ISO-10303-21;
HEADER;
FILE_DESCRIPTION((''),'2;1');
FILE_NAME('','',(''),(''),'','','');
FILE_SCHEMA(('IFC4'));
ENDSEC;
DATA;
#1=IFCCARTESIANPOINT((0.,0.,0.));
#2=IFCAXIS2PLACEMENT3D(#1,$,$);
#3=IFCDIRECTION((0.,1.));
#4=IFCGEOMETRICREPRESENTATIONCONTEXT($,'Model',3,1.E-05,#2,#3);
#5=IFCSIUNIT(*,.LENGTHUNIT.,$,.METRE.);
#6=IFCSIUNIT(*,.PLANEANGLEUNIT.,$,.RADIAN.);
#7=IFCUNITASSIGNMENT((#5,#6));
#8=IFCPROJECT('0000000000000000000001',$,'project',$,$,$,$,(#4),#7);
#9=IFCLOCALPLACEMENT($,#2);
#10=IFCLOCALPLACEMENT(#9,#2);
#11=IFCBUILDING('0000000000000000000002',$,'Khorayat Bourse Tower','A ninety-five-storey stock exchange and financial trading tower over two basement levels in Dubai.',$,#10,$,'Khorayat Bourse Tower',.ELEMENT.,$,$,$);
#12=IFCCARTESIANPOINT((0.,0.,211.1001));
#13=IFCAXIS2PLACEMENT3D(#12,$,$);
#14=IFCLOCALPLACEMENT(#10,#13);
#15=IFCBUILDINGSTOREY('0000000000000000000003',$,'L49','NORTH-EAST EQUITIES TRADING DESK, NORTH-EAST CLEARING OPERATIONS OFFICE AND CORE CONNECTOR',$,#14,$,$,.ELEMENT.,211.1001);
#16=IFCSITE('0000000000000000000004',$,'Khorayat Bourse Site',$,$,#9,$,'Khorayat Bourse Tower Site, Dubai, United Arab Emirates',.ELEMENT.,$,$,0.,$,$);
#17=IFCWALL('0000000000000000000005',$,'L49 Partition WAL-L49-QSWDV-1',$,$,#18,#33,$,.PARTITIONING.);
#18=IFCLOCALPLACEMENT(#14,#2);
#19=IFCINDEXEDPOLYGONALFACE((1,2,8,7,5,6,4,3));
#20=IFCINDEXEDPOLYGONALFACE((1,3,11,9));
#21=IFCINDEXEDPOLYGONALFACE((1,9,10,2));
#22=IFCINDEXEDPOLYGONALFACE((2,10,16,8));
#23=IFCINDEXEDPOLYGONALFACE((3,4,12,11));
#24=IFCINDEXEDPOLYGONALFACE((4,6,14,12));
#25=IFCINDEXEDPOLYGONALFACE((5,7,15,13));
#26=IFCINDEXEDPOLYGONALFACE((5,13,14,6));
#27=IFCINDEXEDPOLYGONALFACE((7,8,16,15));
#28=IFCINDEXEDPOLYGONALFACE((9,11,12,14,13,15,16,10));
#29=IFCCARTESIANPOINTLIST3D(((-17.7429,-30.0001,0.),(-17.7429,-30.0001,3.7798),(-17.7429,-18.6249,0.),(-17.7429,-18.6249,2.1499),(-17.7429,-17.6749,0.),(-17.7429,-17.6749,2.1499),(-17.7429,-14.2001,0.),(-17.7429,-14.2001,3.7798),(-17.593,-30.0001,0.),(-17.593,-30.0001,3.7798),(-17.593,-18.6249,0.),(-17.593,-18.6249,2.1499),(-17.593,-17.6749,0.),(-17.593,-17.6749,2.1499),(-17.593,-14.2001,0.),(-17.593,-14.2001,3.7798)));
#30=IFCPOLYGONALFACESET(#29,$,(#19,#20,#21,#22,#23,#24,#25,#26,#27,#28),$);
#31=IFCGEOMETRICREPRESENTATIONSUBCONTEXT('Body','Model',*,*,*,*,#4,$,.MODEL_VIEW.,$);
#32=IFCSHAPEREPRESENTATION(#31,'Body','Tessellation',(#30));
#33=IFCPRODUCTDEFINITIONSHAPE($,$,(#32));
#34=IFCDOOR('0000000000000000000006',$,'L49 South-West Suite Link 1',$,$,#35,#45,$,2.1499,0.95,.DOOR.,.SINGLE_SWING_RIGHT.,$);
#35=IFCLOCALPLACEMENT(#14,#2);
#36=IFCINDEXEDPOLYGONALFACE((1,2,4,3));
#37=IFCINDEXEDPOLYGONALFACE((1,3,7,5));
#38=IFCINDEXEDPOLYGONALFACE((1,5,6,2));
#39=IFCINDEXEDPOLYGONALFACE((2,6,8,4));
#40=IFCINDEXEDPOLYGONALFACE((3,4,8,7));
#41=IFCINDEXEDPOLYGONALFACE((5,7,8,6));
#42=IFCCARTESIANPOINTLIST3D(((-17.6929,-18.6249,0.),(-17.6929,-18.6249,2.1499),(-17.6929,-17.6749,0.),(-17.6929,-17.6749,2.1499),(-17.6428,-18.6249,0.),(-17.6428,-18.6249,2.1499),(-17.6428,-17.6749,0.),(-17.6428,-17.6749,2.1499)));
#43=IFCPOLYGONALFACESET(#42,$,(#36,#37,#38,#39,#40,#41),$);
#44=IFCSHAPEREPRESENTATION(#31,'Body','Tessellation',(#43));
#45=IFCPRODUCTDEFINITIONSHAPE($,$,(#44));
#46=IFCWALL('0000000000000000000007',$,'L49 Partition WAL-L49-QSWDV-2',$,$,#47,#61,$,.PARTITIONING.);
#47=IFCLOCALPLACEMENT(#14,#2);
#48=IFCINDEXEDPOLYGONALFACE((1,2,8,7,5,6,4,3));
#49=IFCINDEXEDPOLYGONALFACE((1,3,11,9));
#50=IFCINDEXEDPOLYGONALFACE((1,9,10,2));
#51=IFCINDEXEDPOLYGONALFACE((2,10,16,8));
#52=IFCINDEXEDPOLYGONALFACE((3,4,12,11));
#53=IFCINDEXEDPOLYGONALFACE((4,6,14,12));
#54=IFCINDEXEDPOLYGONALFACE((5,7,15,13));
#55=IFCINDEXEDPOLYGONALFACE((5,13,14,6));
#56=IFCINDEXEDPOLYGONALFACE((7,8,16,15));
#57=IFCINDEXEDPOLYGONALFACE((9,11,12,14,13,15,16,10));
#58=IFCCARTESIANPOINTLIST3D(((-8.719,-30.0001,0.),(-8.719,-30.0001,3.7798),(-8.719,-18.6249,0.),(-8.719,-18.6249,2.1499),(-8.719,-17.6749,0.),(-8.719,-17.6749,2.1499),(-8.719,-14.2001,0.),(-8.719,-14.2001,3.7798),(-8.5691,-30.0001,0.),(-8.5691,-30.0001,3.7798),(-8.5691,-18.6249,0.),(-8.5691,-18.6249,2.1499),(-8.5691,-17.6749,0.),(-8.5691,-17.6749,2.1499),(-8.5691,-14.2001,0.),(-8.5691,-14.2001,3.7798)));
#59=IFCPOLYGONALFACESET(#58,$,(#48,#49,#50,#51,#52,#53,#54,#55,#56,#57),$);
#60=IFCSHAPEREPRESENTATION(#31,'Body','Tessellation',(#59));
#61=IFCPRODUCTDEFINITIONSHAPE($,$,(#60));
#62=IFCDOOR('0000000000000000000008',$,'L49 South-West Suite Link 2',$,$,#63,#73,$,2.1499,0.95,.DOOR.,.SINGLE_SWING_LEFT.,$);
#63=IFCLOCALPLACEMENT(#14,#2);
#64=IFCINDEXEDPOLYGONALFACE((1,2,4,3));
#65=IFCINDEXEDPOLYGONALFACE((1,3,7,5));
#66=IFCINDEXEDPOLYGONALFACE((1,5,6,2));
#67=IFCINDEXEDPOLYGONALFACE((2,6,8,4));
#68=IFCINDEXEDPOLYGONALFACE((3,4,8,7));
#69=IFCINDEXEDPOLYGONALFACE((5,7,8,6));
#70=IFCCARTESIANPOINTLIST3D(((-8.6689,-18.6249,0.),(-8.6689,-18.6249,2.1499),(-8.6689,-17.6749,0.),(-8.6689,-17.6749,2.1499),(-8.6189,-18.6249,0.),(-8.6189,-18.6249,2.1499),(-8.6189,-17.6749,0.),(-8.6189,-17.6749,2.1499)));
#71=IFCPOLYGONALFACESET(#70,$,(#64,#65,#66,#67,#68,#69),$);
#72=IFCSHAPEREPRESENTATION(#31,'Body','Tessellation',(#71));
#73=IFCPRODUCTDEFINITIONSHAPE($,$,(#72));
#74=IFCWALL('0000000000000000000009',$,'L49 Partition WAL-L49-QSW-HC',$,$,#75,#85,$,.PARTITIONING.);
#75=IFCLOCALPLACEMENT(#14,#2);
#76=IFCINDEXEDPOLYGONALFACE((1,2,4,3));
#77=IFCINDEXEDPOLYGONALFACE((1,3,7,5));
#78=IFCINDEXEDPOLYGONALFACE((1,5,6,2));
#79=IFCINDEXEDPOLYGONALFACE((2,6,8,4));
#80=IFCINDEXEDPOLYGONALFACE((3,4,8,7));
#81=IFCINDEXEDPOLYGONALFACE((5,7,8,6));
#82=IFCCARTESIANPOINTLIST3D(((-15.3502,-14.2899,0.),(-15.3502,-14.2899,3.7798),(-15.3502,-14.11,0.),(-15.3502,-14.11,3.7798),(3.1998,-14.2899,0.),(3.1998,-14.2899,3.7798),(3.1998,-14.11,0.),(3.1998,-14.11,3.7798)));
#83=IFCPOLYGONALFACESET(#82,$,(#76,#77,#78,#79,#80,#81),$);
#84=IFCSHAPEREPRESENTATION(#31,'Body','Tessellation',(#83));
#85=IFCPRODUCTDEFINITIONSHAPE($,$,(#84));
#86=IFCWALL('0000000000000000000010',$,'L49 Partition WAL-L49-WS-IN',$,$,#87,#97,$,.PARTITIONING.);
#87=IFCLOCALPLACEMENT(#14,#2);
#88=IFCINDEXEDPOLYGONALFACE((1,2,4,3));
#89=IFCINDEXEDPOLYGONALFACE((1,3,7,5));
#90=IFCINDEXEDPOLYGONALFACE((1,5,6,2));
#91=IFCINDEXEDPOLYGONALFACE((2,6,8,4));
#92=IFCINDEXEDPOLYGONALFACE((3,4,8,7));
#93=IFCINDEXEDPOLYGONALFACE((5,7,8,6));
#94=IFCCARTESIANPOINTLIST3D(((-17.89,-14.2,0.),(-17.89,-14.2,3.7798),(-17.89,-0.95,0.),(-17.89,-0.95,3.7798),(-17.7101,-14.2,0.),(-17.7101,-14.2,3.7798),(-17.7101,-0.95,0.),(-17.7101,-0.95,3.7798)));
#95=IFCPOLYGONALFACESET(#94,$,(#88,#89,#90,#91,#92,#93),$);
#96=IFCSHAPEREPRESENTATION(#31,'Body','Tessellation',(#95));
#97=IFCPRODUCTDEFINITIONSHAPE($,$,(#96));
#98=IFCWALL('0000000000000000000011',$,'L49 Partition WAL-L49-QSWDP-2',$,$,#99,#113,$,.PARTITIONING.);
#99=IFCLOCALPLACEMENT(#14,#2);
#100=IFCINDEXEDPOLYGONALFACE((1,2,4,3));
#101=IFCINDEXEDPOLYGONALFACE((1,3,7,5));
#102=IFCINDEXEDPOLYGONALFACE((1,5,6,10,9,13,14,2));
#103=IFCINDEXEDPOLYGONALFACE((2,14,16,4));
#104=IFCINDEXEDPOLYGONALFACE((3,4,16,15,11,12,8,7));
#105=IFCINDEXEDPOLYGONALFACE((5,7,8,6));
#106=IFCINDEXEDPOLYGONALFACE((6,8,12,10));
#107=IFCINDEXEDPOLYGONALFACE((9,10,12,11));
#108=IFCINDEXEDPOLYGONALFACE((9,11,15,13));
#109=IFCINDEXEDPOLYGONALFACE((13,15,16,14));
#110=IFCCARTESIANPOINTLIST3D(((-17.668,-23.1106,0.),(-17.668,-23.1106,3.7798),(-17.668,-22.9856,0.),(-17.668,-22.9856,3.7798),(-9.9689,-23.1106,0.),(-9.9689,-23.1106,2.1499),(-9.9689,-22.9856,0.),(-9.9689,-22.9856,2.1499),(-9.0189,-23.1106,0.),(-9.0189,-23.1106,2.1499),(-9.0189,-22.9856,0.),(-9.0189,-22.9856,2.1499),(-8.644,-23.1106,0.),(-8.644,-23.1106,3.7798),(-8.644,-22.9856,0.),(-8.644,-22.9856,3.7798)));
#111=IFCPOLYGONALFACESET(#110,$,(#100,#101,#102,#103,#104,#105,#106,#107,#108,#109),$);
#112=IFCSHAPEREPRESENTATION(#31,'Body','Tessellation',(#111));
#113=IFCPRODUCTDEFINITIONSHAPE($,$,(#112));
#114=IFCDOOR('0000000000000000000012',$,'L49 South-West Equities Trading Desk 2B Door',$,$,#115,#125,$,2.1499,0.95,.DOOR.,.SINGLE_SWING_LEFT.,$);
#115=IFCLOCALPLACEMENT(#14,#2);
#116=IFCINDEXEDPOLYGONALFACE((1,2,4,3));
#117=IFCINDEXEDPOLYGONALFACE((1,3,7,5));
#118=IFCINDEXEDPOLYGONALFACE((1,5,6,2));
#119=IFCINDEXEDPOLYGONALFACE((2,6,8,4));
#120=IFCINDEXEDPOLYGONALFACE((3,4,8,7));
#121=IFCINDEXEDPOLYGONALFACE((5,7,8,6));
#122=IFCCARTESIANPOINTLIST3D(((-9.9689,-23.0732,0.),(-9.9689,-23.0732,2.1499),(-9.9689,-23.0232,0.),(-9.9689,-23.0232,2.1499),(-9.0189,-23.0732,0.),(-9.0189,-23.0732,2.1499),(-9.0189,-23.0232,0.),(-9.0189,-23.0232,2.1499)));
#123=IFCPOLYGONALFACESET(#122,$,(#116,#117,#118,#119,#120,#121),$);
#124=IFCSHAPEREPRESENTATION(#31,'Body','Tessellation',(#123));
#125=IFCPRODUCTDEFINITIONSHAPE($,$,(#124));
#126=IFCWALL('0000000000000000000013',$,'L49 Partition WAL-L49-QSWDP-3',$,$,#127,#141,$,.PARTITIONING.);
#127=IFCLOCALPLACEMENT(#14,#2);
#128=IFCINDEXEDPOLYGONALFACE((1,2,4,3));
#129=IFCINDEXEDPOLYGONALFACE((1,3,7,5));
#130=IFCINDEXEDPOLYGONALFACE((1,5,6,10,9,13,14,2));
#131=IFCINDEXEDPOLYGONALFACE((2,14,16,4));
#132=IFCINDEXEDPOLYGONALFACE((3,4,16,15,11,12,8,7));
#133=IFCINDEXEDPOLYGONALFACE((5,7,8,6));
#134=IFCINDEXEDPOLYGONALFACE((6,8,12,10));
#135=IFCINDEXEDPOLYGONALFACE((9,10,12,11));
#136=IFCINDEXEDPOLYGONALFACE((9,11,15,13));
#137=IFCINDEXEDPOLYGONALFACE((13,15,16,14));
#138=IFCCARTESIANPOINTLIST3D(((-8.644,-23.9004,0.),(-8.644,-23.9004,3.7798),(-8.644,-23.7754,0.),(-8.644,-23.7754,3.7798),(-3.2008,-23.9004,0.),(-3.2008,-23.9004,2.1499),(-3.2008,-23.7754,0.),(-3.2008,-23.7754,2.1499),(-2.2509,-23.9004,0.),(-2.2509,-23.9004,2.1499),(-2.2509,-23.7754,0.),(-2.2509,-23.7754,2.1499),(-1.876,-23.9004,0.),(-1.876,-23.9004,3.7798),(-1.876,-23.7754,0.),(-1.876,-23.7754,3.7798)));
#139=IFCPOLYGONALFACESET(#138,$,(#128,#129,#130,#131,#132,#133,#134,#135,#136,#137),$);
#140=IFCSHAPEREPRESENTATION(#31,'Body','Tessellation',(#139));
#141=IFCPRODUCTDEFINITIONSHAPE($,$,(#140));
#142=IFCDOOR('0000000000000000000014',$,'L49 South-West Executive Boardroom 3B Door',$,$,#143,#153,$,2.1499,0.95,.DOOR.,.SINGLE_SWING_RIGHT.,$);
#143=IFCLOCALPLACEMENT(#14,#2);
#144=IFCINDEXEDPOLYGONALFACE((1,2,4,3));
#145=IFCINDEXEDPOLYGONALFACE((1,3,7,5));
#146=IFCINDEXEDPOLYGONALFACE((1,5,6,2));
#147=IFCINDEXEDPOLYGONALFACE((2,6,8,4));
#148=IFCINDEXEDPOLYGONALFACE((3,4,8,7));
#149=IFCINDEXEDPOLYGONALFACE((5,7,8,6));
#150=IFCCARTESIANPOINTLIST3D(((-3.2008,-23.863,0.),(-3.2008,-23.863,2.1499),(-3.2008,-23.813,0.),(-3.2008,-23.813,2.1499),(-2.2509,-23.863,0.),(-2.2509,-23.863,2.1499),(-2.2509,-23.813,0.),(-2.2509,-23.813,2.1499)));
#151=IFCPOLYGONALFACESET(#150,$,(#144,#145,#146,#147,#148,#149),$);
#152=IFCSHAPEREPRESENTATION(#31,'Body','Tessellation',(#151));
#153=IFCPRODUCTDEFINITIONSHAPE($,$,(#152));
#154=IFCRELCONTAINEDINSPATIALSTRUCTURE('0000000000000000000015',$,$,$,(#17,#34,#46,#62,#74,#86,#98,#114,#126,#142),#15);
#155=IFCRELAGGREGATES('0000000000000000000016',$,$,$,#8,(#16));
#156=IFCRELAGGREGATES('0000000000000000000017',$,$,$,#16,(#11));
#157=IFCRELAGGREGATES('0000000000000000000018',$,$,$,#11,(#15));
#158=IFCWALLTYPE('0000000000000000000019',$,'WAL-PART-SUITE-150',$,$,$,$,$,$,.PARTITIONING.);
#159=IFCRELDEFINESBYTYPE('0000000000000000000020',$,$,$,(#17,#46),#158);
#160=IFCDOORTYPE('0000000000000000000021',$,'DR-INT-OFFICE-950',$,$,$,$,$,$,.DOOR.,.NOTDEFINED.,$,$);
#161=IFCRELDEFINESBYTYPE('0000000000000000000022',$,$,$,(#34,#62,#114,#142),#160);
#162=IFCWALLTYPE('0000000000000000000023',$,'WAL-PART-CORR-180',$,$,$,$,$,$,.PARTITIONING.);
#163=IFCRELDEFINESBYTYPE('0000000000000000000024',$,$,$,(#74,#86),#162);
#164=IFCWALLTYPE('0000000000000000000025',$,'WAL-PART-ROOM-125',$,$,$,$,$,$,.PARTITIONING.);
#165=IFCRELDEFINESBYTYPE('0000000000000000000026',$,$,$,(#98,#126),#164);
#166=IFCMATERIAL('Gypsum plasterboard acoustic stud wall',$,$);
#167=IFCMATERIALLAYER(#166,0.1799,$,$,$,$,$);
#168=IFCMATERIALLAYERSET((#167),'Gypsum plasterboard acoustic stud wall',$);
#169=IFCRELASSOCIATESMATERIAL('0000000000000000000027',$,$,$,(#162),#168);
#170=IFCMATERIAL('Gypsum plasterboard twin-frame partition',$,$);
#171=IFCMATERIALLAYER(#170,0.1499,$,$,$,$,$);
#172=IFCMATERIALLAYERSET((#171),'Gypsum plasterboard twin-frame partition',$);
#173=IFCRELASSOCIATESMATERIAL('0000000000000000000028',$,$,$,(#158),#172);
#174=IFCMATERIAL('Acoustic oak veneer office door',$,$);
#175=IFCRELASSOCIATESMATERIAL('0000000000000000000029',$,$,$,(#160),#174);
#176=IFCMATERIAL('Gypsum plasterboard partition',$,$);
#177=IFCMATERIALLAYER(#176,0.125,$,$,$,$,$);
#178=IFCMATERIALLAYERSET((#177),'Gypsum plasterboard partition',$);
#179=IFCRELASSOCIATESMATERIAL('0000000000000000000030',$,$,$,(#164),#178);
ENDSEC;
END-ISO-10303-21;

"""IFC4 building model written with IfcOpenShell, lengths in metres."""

from ifc_helpers import new_model, si_unit, direction, frame, frame_2d, origin, place, context, subcontext, project, spatial, rectangle, extrude, source, transform, mapped, material, layer, layer_set, type_object, element, fill, save


model = new_model("IFC4")

# Units and contexts
model_context = context("Model", 3, precision=1e-05, world=origin(), true_north=direction((0.0, 1.0)))
body_context = subcontext(model_context, "Body", "Model", "MODEL_VIEW")
ifc_project = project(units=[si_unit("LENGTHUNIT", "METRE"), si_unit("PLANEANGLEUNIT", "RADIAN")], contexts=[model_context])

# Site, building, storey
site_placement = place(None, origin())
site = spatial("IfcSite", under=ifc_project, at=site_placement, Name="Khorayat Bourse Site", LongName="Khorayat Bourse Tower Site, Dubai, United Arab Emirates", CompositionType="ELEMENT", RefElevation=0.0)
building_placement = place(site_placement, origin())
building = spatial("IfcBuilding", under=site, at=building_placement, Name="Khorayat Bourse Tower", Description="A ninety-five-storey stock exchange and financial trading tower over two basement levels in Dubai.", LongName="Khorayat Bourse Tower", CompositionType="ELEMENT")
storey_placement = place(building_placement, frame((0.0, 0.0, 211.1001)))
storey = spatial("IfcBuildingStorey", under=building, at=storey_placement, Name="L49", Description="NORTH-EAST EQUITIES TRADING DESK, NORTH-EAST CLEARING OPERATIONS OFFICE AND CORE CONNECTOR", CompositionType="ELEMENT", Elevation=211.1001)

# Shared definitions
ifc_material_1 = material(Name="Gypsum plasterboard acoustic stud wall")
ifc_layer_1 = layer(ifc_material_1, 0.1799)
ifc_layer_set_1 = layer_set([ifc_layer_1], Name="Gypsum plasterboard acoustic stud wall")
wall_type_1 = type_object("IfcWallType", Name="WAL-PART-CORR-180", PredefinedType="PARTITIONING", material=ifc_layer_set_1)

# Walls, openings, doors
ifc_material_2 = material(Name="Gypsum plasterboard twin-frame partition")
ifc_layer_2 = layer(ifc_material_2, 0.1499)
ifc_layer_set_2 = layer_set([ifc_layer_2], Name="Gypsum plasterboard twin-frame partition")
wall_type_2 = type_object("IfcWallType", Name="WAL-PART-SUITE-150", PredefinedType="PARTITIONING", material=ifc_layer_set_2)
shared_shape_1 = source(origin(), body_context, "Body", "SweptSolid", [
    extrude(rectangle(XDim=15.8, YDim=0.1499, at=frame_2d((7.8999, 0.0))), origin(), (0.0, 0.0, 1.0), 3.7798),
])
wall_1_placement = place(storey_placement, frame((-17.668, -30.0, 0.0), z_axis=(0.0, 0.0, 1.0), x_axis=(0.0, 1.0, 0.0)))
wall_1 = element("IfcWall", 1, at=wall_1_placement, inside=storey, type_object=wall_type_2, Name="L49 Partition WAL-L49-QSWDV-1", PredefinedType="PARTITIONING", context=body_context, shape_type="MappedRepresentation", body=[
    mapped(shared_shape_1, transform((0.0, 0.0, 0.0), scale=1.0)),
])
shared_shape_2 = source(origin(), body_context, "Body", "SweptSolid", [
    extrude(rectangle(XDim=0.95, YDim=2.1499, at=frame_2d((0.4751, 1.075))), frame((0.0, 0.085, 0.0), z_axis=(0.0, -1.0, 0.0), x_axis=(1.0, 0.0, 0.0)), (0.0, 0.0, 1.0), 0.1699),
])
opening_1_placement = place(wall_1_placement, frame((11.375, 0.0, 0.0)))
opening_1 = element("IfcOpeningElement", 2, at=opening_1_placement, cuts=wall_1, PredefinedType="OPENING", context=body_context, shape_type="MappedRepresentation", body=[
    mapped(shared_shape_2, transform((0.0, 0.0, 0.0), scale=1.0)),
])
ifc_material_3 = material(Name="Acoustic oak veneer office door")
door_type = type_object("IfcDoorType", Name="DR-INT-OFFICE-950", OperationType="NOTDEFINED", PredefinedType="DOOR", material=ifc_material_3)
shared_shape_3 = source(origin(), body_context, "Body", "SweptSolid", [
    extrude(rectangle(XDim=0.95, YDim=2.1499, at=frame_2d((0.4751, 1.075))), frame((0.0, 0.0249, 0.0), z_axis=(0.0, -1.0, 0.0), x_axis=(1.0, 0.0, 0.0)), (0.0, 0.0, 1.0), 0.05),
])
door_1_placement = place(opening_1_placement, origin())
door_1 = element("IfcDoor", 3, at=door_1_placement, inside=storey, type_object=door_type, Name="L49 South-West Suite Link 1", OperationType="SINGLE_SWING_RIGHT", OverallHeight=2.1499, OverallWidth=0.95, PredefinedType="DOOR", context=body_context, shape_type="MappedRepresentation", body=[
    mapped(shared_shape_3, transform((0.0, 0.0, 0.0), scale=1.0)),
])
fill(opening_1, door_1)
wall_2_placement = place(storey_placement, frame((-8.644, -30.0, 0.0), z_axis=(0.0, 0.0, 1.0), x_axis=(0.0, 1.0, 0.0)))
wall_2 = element("IfcWall", 4, at=wall_2_placement, inside=storey, type_object=wall_type_2, Name="L49 Partition WAL-L49-QSWDV-2", PredefinedType="PARTITIONING", context=body_context, shape_type="MappedRepresentation", body=[
    mapped(shared_shape_1, transform((0.0, 0.0, 0.0), scale=1.0)),
])
opening_2_placement = place(wall_2_placement, frame((11.375, 0.0, 0.0)))
opening_2 = element("IfcOpeningElement", 5, at=opening_2_placement, cuts=wall_2, PredefinedType="OPENING", context=body_context, shape_type="MappedRepresentation", body=[
    mapped(shared_shape_2, transform((0.0, 0.0, 0.0), scale=1.0)),
])
door_2_placement = place(opening_2_placement, origin())
door_2 = element("IfcDoor", 6, at=door_2_placement, inside=storey, type_object=door_type, Name="L49 South-West Suite Link 2", OperationType="SINGLE_SWING_LEFT", OverallHeight=2.1499, OverallWidth=0.95, PredefinedType="DOOR", context=body_context, shape_type="MappedRepresentation", body=[
    mapped(shared_shape_3, transform((0.0, 0.0, 0.0), scale=1.0)),
])
fill(opening_2, door_2)

# Walls
shared_shape_4 = source(origin(), body_context, "Body", "SweptSolid", [
    extrude(rectangle(XDim=18.55, YDim=0.1799, at=frame_2d((9.2749, 0.0))), origin(), (0.0, 0.0, 1.0), 3.7798),
])
wall_3_placement = place(storey_placement, frame((-15.3501, -14.2, 0.0), z_axis=(0.0, 0.0, 1.0), x_axis=(1.0, 0.0, 0.0)))
element("IfcWall", 7, at=wall_3_placement, inside=storey, type_object=wall_type_1, Name="L49 Partition WAL-L49-QSW-HC", PredefinedType="PARTITIONING", context=body_context, shape_type="MappedRepresentation", body=[
    mapped(shared_shape_4, transform((0.0, 0.0, 0.0), scale=1.0)),
])
shared_shape_5 = source(origin(), body_context, "Body", "SweptSolid", [
    extrude(rectangle(XDim=13.25, YDim=0.1799, at=frame_2d((6.625, 0.0))), origin(), (0.0, 0.0, 1.0), 3.7798),
])
wall_4_placement = place(storey_placement, frame((-17.8, -14.2, 0.0), z_axis=(0.0, 0.0, 1.0), x_axis=(0.0, 1.0, 0.0)))
element("IfcWall", 8, at=wall_4_placement, inside=storey, type_object=wall_type_1, Name="L49 Partition WAL-L49-WS-IN", PredefinedType="PARTITIONING", context=body_context, shape_type="MappedRepresentation", body=[
    mapped(shared_shape_5, transform((0.0, 0.0, 0.0), scale=1.0)),
])

# Walls, openings, doors
ifc_material_4 = material(Name="Gypsum plasterboard partition")
ifc_layer_3 = layer(ifc_material_4, 0.125)
ifc_layer_set_3 = layer_set([ifc_layer_3], Name="Gypsum plasterboard partition")
wall_type_3 = type_object("IfcWallType", Name="WAL-PART-ROOM-125", PredefinedType="PARTITIONING", material=ifc_layer_set_3)
shared_shape_6 = source(origin(), body_context, "Body", "SweptSolid", [
    extrude(rectangle(XDim=9.0239, YDim=0.125, at=frame_2d((4.512, 0.0))), origin(), (0.0, 0.0, 1.0), 3.7798),
])
wall_5_placement = place(storey_placement, frame((-17.668, -23.0481, 0.0), z_axis=(0.0, 0.0, 1.0), x_axis=(1.0, 0.0, 0.0)))
wall_5 = element("IfcWall", 9, at=wall_5_placement, inside=storey, type_object=wall_type_3, Name="L49 Partition WAL-L49-QSWDP-2", PredefinedType="PARTITIONING", context=body_context, shape_type="MappedRepresentation", body=[
    mapped(shared_shape_6, transform((0.0, 0.0, 0.0), scale=1.0)),
])
shared_shape_7 = source(origin(), body_context, "Body", "SweptSolid", [
    extrude(rectangle(XDim=0.95, YDim=2.1499, at=frame_2d((0.4751, 1.075))), frame((0.0, 0.0725, 0.0), z_axis=(0.0, -1.0, 0.0), x_axis=(1.0, 0.0, 0.0)), (0.0, 0.0, 1.0), 0.145),
])
opening_3_placement = place(wall_5_placement, frame((7.699, 0.0, 0.0)))
opening_3 = element("IfcOpeningElement", 10, at=opening_3_placement, cuts=wall_5, PredefinedType="OPENING", context=body_context, shape_type="MappedRepresentation", body=[
    mapped(shared_shape_7, transform((0.0, 0.0, 0.0), scale=1.0)),
])
door_3_placement = place(opening_3_placement, origin())
door_3 = element("IfcDoor", 11, at=door_3_placement, inside=storey, type_object=door_type, Name="L49 South-West Equities Trading Desk 2B Door", OperationType="SINGLE_SWING_LEFT", OverallHeight=2.1499, OverallWidth=0.95, PredefinedType="DOOR", context=body_context, shape_type="MappedRepresentation", body=[
    mapped(shared_shape_3, transform((0.0, 0.0, 0.0), scale=1.0)),
])
fill(opening_3, door_3)
shared_shape_8 = source(origin(), body_context, "Body", "SweptSolid", [
    extrude(rectangle(XDim=6.7681, YDim=0.125, at=frame_2d((3.384, 0.0))), origin(), (0.0, 0.0, 1.0), 3.7798),
])
wall_6_placement = place(storey_placement, frame((-8.644, -23.8379, 0.0), z_axis=(0.0, 0.0, 1.0), x_axis=(1.0, 0.0, 0.0)))
wall_6 = element("IfcWall", 12, at=wall_6_placement, inside=storey, type_object=wall_type_3, Name="L49 Partition WAL-L49-QSWDP-3", PredefinedType="PARTITIONING", context=body_context, shape_type="MappedRepresentation", body=[
    mapped(shared_shape_8, transform((0.0, 0.0, 0.0), scale=1.0)),
])
opening_4_placement = place(wall_6_placement, frame((5.4431, 0.0, 0.0)))
opening_4 = element("IfcOpeningElement", 13, at=opening_4_placement, cuts=wall_6, PredefinedType="OPENING", context=body_context, shape_type="MappedRepresentation", body=[
    mapped(shared_shape_7, transform((0.0, 0.0, 0.0), scale=1.0)),
])
door_4_placement = place(opening_4_placement, origin())
door_4 = element("IfcDoor", 14, at=door_4_placement, inside=storey, type_object=door_type, Name="L49 South-West Executive Boardroom 3B Door", OperationType="SINGLE_SWING_RIGHT", OverallHeight=2.1499, OverallWidth=0.95, PredefinedType="DOOR", context=body_context, shape_type="MappedRepresentation", body=[
    mapped(shared_shape_3, transform((0.0, 0.0, 0.0), scale=1.0)),
])
fill(opening_4, door_4)

save(model, "model.ifc")
